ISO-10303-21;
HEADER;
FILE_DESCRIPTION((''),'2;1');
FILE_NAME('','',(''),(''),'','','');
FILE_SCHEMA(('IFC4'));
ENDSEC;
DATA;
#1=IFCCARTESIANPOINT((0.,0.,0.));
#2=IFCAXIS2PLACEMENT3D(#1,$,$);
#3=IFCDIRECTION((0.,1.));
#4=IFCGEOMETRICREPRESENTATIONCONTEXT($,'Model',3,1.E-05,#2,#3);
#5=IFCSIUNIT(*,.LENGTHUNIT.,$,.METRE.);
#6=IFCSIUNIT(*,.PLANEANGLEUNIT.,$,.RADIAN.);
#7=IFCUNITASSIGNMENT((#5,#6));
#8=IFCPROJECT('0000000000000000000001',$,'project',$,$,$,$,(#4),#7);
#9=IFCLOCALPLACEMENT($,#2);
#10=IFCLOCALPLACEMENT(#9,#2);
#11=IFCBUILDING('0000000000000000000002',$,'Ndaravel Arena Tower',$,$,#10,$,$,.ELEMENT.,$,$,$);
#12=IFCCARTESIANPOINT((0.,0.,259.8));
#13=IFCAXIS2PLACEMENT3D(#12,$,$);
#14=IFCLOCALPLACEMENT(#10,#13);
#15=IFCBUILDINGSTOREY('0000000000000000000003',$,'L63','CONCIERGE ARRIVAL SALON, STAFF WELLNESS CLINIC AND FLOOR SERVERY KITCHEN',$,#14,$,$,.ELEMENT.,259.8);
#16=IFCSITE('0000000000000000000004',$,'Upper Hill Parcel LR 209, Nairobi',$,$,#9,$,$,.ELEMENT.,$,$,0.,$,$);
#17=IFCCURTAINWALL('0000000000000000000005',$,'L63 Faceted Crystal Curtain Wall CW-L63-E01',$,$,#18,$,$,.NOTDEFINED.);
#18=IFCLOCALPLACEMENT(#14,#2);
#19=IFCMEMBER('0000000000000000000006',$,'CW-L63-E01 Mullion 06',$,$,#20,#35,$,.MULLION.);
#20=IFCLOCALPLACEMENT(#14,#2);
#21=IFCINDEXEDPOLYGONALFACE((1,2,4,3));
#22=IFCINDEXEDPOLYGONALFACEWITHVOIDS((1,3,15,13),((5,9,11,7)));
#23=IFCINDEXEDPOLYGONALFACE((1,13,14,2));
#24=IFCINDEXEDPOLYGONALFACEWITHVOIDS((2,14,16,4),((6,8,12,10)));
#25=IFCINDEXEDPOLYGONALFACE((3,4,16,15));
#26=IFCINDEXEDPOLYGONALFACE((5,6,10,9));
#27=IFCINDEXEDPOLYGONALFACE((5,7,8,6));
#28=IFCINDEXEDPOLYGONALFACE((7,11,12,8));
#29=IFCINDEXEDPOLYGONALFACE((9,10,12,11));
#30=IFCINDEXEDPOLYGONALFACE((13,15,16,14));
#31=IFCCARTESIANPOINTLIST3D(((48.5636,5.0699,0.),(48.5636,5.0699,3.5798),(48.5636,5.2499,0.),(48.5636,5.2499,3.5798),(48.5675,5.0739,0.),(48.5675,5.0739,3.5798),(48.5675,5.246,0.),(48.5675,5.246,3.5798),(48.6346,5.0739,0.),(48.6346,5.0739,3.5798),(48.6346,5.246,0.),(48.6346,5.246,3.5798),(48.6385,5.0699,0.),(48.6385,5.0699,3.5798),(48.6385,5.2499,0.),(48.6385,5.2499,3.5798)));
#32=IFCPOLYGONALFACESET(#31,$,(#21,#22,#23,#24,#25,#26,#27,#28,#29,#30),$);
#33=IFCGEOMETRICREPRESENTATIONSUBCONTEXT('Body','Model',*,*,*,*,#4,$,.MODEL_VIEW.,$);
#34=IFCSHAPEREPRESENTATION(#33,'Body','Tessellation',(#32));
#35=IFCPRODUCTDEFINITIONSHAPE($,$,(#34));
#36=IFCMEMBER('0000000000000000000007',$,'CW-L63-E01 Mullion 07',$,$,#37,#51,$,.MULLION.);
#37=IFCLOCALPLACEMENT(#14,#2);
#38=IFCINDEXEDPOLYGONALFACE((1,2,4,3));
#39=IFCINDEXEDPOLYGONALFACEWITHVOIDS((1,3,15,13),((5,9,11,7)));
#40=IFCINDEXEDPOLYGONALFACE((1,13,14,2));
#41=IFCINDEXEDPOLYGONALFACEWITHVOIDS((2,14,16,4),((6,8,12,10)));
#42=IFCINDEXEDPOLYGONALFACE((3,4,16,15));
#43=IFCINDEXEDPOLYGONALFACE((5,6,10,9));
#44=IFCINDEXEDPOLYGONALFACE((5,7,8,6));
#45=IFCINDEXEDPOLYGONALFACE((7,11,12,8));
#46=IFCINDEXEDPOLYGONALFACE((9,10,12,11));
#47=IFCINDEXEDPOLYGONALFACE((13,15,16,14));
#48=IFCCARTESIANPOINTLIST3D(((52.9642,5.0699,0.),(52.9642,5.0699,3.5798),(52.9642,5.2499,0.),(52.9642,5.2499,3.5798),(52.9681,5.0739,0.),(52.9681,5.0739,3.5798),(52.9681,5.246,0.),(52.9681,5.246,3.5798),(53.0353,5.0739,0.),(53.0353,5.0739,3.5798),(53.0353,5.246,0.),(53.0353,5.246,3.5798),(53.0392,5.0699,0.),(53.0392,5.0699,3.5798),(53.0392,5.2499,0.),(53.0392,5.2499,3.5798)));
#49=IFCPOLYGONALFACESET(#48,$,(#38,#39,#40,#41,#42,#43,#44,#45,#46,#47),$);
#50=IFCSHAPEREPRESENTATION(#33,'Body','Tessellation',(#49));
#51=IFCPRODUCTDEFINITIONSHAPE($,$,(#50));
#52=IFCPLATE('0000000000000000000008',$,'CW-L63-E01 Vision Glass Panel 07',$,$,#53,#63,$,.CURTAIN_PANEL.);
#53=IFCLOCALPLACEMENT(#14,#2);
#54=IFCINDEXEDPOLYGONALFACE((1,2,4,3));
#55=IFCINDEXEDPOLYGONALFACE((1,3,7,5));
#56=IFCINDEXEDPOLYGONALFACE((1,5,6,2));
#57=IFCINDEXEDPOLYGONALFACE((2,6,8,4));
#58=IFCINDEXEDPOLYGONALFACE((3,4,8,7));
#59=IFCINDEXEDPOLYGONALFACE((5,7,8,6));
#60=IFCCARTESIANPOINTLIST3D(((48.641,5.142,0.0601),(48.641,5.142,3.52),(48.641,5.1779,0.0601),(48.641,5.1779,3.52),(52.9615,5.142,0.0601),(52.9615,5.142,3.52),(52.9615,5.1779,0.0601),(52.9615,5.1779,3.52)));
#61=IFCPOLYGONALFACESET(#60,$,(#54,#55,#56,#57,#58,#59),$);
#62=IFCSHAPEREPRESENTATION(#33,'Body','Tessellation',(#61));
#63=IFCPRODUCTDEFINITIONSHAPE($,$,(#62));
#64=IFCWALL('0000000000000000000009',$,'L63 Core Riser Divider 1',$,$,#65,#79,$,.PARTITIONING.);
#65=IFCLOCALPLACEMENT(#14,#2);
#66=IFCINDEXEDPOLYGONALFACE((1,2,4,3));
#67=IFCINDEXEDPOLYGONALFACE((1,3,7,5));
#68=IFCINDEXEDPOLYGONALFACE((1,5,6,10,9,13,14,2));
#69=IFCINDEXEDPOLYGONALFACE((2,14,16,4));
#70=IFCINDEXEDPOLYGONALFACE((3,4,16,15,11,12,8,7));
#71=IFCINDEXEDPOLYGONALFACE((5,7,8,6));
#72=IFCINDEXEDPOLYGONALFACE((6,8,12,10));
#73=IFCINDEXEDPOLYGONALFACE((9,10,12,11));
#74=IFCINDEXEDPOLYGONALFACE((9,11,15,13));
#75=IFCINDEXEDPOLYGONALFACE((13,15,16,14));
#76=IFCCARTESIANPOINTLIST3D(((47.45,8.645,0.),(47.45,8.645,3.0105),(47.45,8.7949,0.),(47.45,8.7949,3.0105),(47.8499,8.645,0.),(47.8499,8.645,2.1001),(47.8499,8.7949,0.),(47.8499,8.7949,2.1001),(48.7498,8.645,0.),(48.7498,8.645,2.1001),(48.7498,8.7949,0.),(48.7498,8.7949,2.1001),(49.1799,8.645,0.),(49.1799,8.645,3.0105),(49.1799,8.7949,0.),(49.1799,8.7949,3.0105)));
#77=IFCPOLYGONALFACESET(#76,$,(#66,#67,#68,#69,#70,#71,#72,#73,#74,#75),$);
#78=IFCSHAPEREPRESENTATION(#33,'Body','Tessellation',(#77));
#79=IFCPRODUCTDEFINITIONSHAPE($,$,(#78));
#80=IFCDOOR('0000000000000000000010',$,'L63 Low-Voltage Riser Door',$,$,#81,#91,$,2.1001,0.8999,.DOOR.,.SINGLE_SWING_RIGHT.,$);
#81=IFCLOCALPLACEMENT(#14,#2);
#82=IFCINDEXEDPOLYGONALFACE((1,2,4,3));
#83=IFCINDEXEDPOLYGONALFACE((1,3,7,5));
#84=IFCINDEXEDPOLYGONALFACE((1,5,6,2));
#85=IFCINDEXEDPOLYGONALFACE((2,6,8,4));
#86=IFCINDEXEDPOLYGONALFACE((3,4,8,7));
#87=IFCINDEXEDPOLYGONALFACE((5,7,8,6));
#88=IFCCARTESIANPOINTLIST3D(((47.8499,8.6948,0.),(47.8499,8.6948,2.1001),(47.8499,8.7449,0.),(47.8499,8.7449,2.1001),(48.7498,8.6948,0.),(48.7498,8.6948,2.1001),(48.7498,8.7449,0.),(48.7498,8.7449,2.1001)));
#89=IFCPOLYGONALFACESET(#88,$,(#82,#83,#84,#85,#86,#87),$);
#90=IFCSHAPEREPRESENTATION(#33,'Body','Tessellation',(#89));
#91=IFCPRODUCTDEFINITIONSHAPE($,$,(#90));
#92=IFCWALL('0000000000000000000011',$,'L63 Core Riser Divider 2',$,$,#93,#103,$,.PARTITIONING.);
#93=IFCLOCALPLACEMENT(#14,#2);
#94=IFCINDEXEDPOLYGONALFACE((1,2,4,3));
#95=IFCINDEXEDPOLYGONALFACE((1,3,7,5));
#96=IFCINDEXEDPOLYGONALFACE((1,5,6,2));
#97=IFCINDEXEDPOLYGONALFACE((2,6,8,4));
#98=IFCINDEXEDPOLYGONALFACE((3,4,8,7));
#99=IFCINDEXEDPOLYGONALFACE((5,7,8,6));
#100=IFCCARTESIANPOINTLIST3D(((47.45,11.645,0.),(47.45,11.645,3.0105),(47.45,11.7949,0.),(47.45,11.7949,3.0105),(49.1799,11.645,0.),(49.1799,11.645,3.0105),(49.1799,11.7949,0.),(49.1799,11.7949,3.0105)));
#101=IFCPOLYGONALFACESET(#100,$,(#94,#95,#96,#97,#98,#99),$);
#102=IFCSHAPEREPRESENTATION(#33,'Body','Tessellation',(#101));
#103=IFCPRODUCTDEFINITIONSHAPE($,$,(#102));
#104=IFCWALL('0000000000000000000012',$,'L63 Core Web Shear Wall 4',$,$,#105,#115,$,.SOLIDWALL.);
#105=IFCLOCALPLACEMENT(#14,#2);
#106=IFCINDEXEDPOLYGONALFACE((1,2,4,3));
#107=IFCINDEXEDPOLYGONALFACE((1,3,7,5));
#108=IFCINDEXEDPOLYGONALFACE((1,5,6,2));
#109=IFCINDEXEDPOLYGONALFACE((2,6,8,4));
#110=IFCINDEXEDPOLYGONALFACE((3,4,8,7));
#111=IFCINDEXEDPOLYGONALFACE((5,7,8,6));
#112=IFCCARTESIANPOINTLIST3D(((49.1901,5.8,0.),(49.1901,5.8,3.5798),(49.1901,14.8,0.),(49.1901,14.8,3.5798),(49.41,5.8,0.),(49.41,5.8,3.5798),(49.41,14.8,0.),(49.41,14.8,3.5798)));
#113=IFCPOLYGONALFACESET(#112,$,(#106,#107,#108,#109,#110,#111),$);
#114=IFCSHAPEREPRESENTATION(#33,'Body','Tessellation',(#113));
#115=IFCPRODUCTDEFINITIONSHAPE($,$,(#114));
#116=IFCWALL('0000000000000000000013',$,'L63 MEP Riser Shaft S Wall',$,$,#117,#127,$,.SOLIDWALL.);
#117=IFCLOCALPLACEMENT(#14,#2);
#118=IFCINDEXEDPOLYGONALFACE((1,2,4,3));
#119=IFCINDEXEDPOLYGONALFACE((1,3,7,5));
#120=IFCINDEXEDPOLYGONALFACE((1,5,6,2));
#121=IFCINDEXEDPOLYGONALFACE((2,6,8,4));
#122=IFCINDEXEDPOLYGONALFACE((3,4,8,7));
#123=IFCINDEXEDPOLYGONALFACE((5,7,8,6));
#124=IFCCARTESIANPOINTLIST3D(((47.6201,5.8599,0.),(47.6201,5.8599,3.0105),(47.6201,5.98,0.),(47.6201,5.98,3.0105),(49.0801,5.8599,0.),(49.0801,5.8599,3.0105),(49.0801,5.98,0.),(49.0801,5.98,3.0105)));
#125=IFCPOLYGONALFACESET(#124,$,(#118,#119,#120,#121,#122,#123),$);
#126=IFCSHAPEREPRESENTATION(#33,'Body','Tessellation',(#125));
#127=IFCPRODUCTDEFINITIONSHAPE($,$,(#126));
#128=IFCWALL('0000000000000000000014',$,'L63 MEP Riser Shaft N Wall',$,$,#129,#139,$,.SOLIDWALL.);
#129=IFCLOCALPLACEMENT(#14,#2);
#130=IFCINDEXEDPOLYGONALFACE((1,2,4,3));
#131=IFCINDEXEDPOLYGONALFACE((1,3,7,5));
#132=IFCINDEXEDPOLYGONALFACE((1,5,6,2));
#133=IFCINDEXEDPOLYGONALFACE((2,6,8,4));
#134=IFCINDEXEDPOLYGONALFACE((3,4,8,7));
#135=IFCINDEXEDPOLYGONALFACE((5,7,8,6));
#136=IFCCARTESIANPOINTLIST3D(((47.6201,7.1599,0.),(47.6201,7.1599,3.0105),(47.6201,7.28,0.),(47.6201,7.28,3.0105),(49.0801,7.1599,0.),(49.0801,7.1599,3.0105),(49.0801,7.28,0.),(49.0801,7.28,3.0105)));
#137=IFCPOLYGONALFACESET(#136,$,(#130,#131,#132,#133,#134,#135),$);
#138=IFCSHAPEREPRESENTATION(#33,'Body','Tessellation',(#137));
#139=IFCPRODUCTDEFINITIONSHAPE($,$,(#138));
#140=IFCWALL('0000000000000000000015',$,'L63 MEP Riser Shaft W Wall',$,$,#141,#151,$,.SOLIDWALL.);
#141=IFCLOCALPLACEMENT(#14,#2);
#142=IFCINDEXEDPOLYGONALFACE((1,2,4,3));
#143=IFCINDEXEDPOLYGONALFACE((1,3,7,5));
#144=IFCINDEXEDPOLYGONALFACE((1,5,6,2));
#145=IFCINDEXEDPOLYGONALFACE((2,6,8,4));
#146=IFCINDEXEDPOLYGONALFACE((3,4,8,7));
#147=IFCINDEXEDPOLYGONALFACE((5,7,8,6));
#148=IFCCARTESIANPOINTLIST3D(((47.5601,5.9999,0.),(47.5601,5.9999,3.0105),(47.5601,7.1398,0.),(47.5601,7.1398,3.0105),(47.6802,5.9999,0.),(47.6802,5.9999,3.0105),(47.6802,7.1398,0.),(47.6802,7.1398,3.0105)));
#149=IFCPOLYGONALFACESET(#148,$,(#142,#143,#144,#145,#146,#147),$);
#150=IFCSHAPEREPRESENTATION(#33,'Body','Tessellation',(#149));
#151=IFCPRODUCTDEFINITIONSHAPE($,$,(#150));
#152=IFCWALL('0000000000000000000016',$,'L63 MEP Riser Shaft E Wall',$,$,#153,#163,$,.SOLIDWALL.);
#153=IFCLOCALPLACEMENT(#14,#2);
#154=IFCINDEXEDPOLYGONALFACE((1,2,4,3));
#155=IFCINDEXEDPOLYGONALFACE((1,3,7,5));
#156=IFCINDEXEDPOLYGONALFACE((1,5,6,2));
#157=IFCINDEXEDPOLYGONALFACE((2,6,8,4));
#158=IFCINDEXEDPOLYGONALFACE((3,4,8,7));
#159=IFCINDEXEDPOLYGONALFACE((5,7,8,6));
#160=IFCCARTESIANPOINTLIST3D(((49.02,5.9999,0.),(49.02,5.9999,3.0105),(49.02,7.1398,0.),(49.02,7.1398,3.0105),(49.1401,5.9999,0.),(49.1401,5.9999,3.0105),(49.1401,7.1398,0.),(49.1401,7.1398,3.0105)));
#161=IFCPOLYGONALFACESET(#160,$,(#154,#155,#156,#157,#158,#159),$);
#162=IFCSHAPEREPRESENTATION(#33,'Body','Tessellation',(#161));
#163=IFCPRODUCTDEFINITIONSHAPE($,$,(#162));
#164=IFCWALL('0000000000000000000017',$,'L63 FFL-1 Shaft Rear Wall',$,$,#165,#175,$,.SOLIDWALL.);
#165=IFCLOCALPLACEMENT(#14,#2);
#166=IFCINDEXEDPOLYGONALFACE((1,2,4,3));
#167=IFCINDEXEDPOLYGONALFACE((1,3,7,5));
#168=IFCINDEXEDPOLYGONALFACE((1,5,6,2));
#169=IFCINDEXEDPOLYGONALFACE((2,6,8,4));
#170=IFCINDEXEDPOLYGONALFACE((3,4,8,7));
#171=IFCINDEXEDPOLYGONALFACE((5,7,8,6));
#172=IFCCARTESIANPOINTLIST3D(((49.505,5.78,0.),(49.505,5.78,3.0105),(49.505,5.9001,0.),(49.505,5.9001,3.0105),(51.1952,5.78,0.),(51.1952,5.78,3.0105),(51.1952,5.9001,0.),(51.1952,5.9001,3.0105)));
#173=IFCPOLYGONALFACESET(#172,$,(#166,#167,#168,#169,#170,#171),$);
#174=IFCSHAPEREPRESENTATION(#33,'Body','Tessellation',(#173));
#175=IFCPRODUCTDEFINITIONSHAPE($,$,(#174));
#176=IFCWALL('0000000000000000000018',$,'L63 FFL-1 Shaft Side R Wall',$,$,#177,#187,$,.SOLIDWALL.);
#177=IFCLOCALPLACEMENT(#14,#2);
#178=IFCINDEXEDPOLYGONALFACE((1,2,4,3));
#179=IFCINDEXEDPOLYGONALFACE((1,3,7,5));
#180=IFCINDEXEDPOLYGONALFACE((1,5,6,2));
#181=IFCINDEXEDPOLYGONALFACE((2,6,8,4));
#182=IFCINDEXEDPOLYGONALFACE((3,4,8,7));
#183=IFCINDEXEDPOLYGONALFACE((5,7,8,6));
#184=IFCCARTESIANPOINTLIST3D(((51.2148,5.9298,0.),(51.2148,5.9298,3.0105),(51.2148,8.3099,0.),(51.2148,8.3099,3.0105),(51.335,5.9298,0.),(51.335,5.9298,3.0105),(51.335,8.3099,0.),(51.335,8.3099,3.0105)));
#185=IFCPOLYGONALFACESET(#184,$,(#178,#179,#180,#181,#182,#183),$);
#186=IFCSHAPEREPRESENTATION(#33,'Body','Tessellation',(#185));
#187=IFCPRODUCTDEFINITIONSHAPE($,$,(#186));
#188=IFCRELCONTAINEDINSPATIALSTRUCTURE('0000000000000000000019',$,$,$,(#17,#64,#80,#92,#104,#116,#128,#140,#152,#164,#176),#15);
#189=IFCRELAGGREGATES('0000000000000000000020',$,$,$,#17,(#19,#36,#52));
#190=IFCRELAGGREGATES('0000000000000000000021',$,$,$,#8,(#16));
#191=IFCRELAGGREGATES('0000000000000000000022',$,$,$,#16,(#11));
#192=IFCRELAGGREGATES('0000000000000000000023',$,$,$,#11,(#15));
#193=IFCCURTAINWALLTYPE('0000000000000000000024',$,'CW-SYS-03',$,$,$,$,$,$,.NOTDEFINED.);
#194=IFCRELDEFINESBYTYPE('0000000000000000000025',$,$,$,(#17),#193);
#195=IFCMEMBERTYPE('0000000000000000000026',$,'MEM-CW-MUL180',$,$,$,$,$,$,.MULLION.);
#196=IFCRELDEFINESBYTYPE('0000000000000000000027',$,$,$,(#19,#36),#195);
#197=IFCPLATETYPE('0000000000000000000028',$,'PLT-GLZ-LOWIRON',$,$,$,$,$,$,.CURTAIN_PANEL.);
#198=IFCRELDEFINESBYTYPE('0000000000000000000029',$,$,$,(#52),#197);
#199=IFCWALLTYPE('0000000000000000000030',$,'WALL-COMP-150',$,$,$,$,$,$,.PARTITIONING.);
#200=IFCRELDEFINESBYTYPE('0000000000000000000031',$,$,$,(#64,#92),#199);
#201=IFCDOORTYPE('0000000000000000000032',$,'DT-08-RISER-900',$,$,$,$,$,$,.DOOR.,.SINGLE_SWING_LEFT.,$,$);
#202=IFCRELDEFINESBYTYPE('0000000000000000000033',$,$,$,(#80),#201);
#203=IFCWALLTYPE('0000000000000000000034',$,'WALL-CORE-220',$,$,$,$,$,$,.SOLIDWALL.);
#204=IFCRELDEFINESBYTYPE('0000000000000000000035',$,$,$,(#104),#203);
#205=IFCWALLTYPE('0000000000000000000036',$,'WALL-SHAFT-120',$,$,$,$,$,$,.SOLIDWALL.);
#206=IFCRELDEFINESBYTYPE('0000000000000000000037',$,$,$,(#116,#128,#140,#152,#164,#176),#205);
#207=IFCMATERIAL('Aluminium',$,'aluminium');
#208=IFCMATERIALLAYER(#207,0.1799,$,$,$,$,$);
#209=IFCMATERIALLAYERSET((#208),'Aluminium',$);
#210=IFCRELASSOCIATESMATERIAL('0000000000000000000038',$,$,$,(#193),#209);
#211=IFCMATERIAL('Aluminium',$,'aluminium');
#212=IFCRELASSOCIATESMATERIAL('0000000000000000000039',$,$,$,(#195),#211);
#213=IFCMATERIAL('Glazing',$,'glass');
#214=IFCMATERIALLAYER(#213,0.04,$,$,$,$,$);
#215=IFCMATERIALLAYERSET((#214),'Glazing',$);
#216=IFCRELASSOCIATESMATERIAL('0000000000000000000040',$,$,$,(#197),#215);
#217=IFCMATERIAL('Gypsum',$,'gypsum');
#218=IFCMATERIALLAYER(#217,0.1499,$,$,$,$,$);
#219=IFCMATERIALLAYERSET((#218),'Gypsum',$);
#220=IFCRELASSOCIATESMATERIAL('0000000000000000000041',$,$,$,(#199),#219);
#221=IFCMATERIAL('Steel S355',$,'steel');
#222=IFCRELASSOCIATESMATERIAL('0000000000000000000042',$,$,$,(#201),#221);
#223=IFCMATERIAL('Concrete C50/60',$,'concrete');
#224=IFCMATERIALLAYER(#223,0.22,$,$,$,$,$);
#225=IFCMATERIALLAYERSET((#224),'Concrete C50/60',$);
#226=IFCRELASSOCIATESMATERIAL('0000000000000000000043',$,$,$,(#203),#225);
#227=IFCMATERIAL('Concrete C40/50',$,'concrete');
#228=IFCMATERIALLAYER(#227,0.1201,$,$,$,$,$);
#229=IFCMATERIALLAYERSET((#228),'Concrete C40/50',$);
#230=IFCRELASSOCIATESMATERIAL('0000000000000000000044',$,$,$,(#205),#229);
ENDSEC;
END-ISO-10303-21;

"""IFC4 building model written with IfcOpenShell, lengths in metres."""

from ifc_helpers import new_model, si_unit, direction, frame, frame_2d, origin, origin_2d, place, context, subcontext, project, spatial, rectangle, hollow_rectangle, extrude, material, layer, layer_set, material_profile, profile_set, type_object, element, fill, aggregate, save


model = new_model("IFC4")

# Units and contexts
model_context = context("Model", 3, precision=1e-05, world=origin(), true_north=direction((0.0, 1.0)))
body_context = subcontext(model_context, "Body", "Model", "MODEL_VIEW")
ifc_project = project(units=[si_unit("LENGTHUNIT", "METRE"), si_unit("PLANEANGLEUNIT", "RADIAN")], contexts=[model_context])

# Site, building, storey
site_placement = place(None, origin())
site = spatial("IfcSite", under=ifc_project, at=site_placement, Name="Upper Hill Parcel LR 209, Nairobi", CompositionType="ELEMENT", RefElevation=0.0)
building_placement = place(site_placement, origin())
building = spatial("IfcBuilding", under=site, at=building_placement, Name="Ndaravel Arena Tower", CompositionType="ELEMENT")
storey_placement = place(building_placement, frame((0.0, 0.0, 259.8)))
storey = spatial("IfcBuildingStorey", under=building, at=storey_placement, Name="L63", Description="CONCIERGE ARRIVAL SALON, STAFF WELLNESS CLINIC AND FLOOR SERVERY KITCHEN", CompositionType="ELEMENT", Elevation=259.8)

# Curtain wall, members, plate
ifc_material_1 = material(Name="Aluminium", Category="aluminium")
ifc_layer_1 = layer(ifc_material_1, 0.1799)
ifc_layer_set_1 = layer_set([ifc_layer_1], Name="Aluminium")
curtain_wall_type = type_object("IfcCurtainWallType", Name="CW-SYS-03", PredefinedType="NOTDEFINED", material=ifc_layer_set_1)
curtain_wall_placement = place(storey_placement, origin())
curtain_wall = element("IfcCurtainWall", 1, at=curtain_wall_placement, inside=storey, type_object=curtain_wall_type, Name="L63 Faceted Crystal Curtain Wall CW-L63-E01", PredefinedType="NOTDEFINED")
ifc_material_2 = material(Name="Aluminium", Category="aluminium")
ifc_material_profile = material_profile(ifc_material_2, hollow_rectangle(XDim=0.075, YDim=0.1799, WallThickness=0.0039, at=origin_2d()), Name="CW MULLION 75x180x4")
ifc_profile_set = profile_set([ifc_material_profile], Name="Aluminium")
member_type = type_object("IfcMemberType", Name="MEM-CW-MUL180", PredefinedType="MULLION", material=ifc_profile_set)
member_1_placement = place(storey_placement, frame((48.6011, 5.1599, 0.0), z_axis=(0.0, 0.0, 1.0), x_axis=(1.0, 0.0, 0.0)))
member_1 = element("IfcMember", 2, at=member_1_placement, type_object=member_type, Name="CW-L63-E01 Mullion 06", PredefinedType="MULLION", context=body_context, shape_type="SweptSolid", body=[
    extrude(hollow_rectangle(XDim=0.075, YDim=0.1799, WallThickness=0.0039, at=origin_2d()), origin(), (0.0, 0.0, 1.0), 3.5798),
])
member_2_placement = place(storey_placement, frame((53.0017, 5.1599, 0.0), z_axis=(0.0, 0.0, 1.0), x_axis=(1.0, 0.0, 0.0)))
member_2 = element("IfcMember", 3, at=member_2_placement, type_object=member_type, Name="CW-L63-E01 Mullion 07", PredefinedType="MULLION", context=body_context, shape_type="SweptSolid", body=[
    extrude(hollow_rectangle(XDim=0.075, YDim=0.1799, WallThickness=0.0039, at=origin_2d()), origin(), (0.0, 0.0, 1.0), 3.5798),
])
ifc_material_3 = material(Name="Glazing", Category="glass")
ifc_layer_2 = layer(ifc_material_3, 0.04)
ifc_layer_set_2 = layer_set([ifc_layer_2], Name="Glazing")
plate_type = type_object("IfcPlateType", Name="PLT-GLZ-LOWIRON", PredefinedType="CURTAIN_PANEL", material=ifc_layer_set_2)
plate_placement = place(storey_placement, frame((50.8013, 5.1599, 0.0601), z_axis=(0.0, 0.0, 1.0), x_axis=(1.0, 0.0, 0.0)))
plate = element("IfcPlate", 4, at=plate_placement, type_object=plate_type, Name="CW-L63-E01 Vision Glass Panel 07", PredefinedType="CURTAIN_PANEL", context=body_context, shape_type="SweptSolid", body=[
    extrude(rectangle(XDim=4.3206, YDim=0.0359, at=origin_2d()), origin(), (0.0, 0.0, 1.0), 3.46),
])
aggregate(curtain_wall, [member_1, member_2, plate])

# Wall, opening, door
ifc_material_4 = material(Name="Gypsum", Category="gypsum")
ifc_layer_3 = layer(ifc_material_4, 0.1499)
ifc_layer_set_3 = layer_set([ifc_layer_3], Name="Gypsum")
wall_type_1 = type_object("IfcWallType", Name="WALL-COMP-150", PredefinedType="PARTITIONING", material=ifc_layer_set_3)
wall_1_placement = place(storey_placement, frame((47.45, 8.72, 0.0), z_axis=(0.0, 0.0, 1.0), x_axis=(1.0, 0.0, 0.0)))
wall_1 = element("IfcWall", 5, at=wall_1_placement, inside=storey, type_object=wall_type_1, Name="L63 Core Riser Divider 1", PredefinedType="PARTITIONING", context=body_context, shape_type="SweptSolid", body=[
    extrude(rectangle(XDim=1.73, YDim=0.1499, at=frame_2d((0.865, 0.0))), origin(), (0.0, 0.0, 1.0), 3.0105),
])
opening_1_placement = place(wall_1_placement, frame((0.3999, 0.0, 0.0)))
opening_1 = element("IfcOpeningElement", 6, at=opening_1_placement, cuts=wall_1, PredefinedType="OPENING", context=body_context, shape_type="SweptSolid", body=[
    extrude(rectangle(XDim=0.8999, YDim=2.1001, at=frame_2d((0.45, 1.05))), frame((0.0, 0.075, 0.0), z_axis=(0.0, -1.0, 0.0), x_axis=(1.0, 0.0, 0.0)), (0.0, 0.0, 1.0), 0.1499),
])
ifc_material_5 = material(Name="Steel S355", Category="steel")
door_type_1 = type_object("IfcDoorType", Name="DT-08-RISER-900", OperationType="SINGLE_SWING_LEFT", PredefinedType="DOOR", material=ifc_material_5)
door_1_placement = place(opening_1_placement, origin())
door_1 = element("IfcDoor", 7, at=door_1_placement, inside=storey, type_object=door_type_1, Name="L63 Low-Voltage Riser Door", OperationType="SINGLE_SWING_RIGHT", OverallHeight=2.1001, OverallWidth=0.8999, PredefinedType="DOOR", context=body_context, shape_type="SweptSolid", body=[
    extrude(rectangle(XDim=0.8999, YDim=2.1001, at=frame_2d((0.45, 1.05))), frame((0.0, 0.0249, 0.0), z_axis=(0.0, -1.0, 0.0), x_axis=(1.0, 0.0, 0.0)), (0.0, 0.0, 1.0), 0.05),
])
fill(opening_1, door_1)

# Walls
wall_2_placement = place(storey_placement, frame((47.45, 11.72, 0.0), z_axis=(0.0, 0.0, 1.0), x_axis=(1.0, 0.0, 0.0)))
element("IfcWall", 8, at=wall_2_placement, inside=storey, type_object=wall_type_1, Name="L63 Core Riser Divider 2", PredefinedType="PARTITIONING", context=body_context, shape_type="SweptSolid", body=[
    extrude(rectangle(XDim=1.73, YDim=0.1499, at=frame_2d((0.865, 0.0))), origin(), (0.0, 0.0, 1.0), 3.0105),
])
ifc_material_6 = material(Name="Concrete C50/60", Category="concrete")
ifc_layer_4 = layer(ifc_material_6, 0.22)
ifc_layer_set_4 = layer_set([ifc_layer_4], Name="Concrete C50/60")
wall_type_2 = type_object("IfcWallType", Name="WALL-CORE-220", PredefinedType="SOLIDWALL", material=ifc_layer_set_4)
wall_3_placement = place(storey_placement, frame((49.3, 5.8, 0.0), z_axis=(0.0, 0.0, 1.0), x_axis=(0.0, 1.0, 0.0)))
element("IfcWall", 9, at=wall_3_placement, inside=storey, type_object=wall_type_2, Name="L63 Core Web Shear Wall 4", PredefinedType="SOLIDWALL", context=body_context, shape_type="SweptSolid", body=[
    extrude(rectangle(XDim=9.0, YDim=0.22, at=frame_2d((4.5, 0.0))), origin(), (0.0, 0.0, 1.0), 3.5798),
])
ifc_material_7 = material(Name="Concrete C40/50", Category="concrete")
ifc_layer_5 = layer(ifc_material_7, 0.1201)
ifc_layer_set_5 = layer_set([ifc_layer_5], Name="Concrete C40/50")
wall_type_3 = type_object("IfcWallType", Name="WALL-SHAFT-120", PredefinedType="SOLIDWALL", material=ifc_layer_set_5)
for number, where, z_axis, x_axis, name in (
    (10, (47.6201, 5.9199, 0.0), (0.0, 0.0, 1.0), (1.0, 0.0, 0.0), "L63 MEP Riser Shaft S Wall"),
    (11, (47.6201, 7.22, 0.0), (0.0, 0.0, 1.0), (1.0, 0.0, 0.0), "L63 MEP Riser Shaft N Wall"),
):
    element("IfcWall", number, at=place(storey_placement, frame(where, z_axis=z_axis, x_axis=x_axis)), inside=storey, type_object=wall_type_3, Name=name, PredefinedType="SOLIDWALL", context=body_context, shape_type="SweptSolid", body=[
        extrude(rectangle(XDim=1.46, YDim=0.1201, at=frame_2d((0.73, 0.0))), origin(), (0.0, 0.0, 1.0), 3.0105),
    ])
for number, where, z_axis, x_axis, name in (
    (12, (47.6201, 6.0, 0.0), (0.0, 0.0, 1.0), (0.0, 1.0, 0.0), "L63 MEP Riser Shaft W Wall"),
    (13, (49.0801, 6.0, 0.0), (0.0, 0.0, 1.0), (0.0, 1.0, 0.0), "L63 MEP Riser Shaft E Wall"),
):
    element("IfcWall", number, at=place(storey_placement, frame(where, z_axis=z_axis, x_axis=x_axis)), inside=storey, type_object=wall_type_3, Name=name, PredefinedType="SOLIDWALL", context=body_context, shape_type="SweptSolid", body=[
        extrude(rectangle(XDim=1.1399, YDim=0.1201, at=frame_2d((0.5698, 0.0))), origin(), (0.0, 0.0, 1.0), 3.0105),
    ])
wall_4_placement = place(storey_placement, frame((49.5049, 5.8401, 0.0), z_axis=(0.0, 0.0, 1.0), x_axis=(1.0, 0.0, 0.0)))
element("IfcWall", 14, at=wall_4_placement, inside=storey, type_object=wall_type_3, Name="L63 FFL-1 Shaft Rear Wall", PredefinedType="SOLIDWALL", context=body_context, shape_type="SweptSolid", body=[
    extrude(rectangle(XDim=1.6902, YDim=0.1201, at=frame_2d((0.8452, 0.0))), origin(), (0.0, 0.0, 1.0), 3.0105),
])
wall_5_placement = place(storey_placement, frame((51.2749, 5.9299, 0.0), z_axis=(0.0, 0.0, 1.0), x_axis=(0.0, 1.0, 0.0)))
element("IfcWall", 15, at=wall_5_placement, inside=storey, type_object=wall_type_3, Name="L63 FFL-1 Shaft Side R Wall", PredefinedType="SOLIDWALL", context=body_context, shape_type="SweptSolid", body=[
    extrude(rectangle(XDim=2.3801, YDim=0.1201, at=frame_2d((1.1899, 0.0))), origin(), (0.0, 0.0, 1.0), 3.0105),
])

save(model, "model.ifc")
